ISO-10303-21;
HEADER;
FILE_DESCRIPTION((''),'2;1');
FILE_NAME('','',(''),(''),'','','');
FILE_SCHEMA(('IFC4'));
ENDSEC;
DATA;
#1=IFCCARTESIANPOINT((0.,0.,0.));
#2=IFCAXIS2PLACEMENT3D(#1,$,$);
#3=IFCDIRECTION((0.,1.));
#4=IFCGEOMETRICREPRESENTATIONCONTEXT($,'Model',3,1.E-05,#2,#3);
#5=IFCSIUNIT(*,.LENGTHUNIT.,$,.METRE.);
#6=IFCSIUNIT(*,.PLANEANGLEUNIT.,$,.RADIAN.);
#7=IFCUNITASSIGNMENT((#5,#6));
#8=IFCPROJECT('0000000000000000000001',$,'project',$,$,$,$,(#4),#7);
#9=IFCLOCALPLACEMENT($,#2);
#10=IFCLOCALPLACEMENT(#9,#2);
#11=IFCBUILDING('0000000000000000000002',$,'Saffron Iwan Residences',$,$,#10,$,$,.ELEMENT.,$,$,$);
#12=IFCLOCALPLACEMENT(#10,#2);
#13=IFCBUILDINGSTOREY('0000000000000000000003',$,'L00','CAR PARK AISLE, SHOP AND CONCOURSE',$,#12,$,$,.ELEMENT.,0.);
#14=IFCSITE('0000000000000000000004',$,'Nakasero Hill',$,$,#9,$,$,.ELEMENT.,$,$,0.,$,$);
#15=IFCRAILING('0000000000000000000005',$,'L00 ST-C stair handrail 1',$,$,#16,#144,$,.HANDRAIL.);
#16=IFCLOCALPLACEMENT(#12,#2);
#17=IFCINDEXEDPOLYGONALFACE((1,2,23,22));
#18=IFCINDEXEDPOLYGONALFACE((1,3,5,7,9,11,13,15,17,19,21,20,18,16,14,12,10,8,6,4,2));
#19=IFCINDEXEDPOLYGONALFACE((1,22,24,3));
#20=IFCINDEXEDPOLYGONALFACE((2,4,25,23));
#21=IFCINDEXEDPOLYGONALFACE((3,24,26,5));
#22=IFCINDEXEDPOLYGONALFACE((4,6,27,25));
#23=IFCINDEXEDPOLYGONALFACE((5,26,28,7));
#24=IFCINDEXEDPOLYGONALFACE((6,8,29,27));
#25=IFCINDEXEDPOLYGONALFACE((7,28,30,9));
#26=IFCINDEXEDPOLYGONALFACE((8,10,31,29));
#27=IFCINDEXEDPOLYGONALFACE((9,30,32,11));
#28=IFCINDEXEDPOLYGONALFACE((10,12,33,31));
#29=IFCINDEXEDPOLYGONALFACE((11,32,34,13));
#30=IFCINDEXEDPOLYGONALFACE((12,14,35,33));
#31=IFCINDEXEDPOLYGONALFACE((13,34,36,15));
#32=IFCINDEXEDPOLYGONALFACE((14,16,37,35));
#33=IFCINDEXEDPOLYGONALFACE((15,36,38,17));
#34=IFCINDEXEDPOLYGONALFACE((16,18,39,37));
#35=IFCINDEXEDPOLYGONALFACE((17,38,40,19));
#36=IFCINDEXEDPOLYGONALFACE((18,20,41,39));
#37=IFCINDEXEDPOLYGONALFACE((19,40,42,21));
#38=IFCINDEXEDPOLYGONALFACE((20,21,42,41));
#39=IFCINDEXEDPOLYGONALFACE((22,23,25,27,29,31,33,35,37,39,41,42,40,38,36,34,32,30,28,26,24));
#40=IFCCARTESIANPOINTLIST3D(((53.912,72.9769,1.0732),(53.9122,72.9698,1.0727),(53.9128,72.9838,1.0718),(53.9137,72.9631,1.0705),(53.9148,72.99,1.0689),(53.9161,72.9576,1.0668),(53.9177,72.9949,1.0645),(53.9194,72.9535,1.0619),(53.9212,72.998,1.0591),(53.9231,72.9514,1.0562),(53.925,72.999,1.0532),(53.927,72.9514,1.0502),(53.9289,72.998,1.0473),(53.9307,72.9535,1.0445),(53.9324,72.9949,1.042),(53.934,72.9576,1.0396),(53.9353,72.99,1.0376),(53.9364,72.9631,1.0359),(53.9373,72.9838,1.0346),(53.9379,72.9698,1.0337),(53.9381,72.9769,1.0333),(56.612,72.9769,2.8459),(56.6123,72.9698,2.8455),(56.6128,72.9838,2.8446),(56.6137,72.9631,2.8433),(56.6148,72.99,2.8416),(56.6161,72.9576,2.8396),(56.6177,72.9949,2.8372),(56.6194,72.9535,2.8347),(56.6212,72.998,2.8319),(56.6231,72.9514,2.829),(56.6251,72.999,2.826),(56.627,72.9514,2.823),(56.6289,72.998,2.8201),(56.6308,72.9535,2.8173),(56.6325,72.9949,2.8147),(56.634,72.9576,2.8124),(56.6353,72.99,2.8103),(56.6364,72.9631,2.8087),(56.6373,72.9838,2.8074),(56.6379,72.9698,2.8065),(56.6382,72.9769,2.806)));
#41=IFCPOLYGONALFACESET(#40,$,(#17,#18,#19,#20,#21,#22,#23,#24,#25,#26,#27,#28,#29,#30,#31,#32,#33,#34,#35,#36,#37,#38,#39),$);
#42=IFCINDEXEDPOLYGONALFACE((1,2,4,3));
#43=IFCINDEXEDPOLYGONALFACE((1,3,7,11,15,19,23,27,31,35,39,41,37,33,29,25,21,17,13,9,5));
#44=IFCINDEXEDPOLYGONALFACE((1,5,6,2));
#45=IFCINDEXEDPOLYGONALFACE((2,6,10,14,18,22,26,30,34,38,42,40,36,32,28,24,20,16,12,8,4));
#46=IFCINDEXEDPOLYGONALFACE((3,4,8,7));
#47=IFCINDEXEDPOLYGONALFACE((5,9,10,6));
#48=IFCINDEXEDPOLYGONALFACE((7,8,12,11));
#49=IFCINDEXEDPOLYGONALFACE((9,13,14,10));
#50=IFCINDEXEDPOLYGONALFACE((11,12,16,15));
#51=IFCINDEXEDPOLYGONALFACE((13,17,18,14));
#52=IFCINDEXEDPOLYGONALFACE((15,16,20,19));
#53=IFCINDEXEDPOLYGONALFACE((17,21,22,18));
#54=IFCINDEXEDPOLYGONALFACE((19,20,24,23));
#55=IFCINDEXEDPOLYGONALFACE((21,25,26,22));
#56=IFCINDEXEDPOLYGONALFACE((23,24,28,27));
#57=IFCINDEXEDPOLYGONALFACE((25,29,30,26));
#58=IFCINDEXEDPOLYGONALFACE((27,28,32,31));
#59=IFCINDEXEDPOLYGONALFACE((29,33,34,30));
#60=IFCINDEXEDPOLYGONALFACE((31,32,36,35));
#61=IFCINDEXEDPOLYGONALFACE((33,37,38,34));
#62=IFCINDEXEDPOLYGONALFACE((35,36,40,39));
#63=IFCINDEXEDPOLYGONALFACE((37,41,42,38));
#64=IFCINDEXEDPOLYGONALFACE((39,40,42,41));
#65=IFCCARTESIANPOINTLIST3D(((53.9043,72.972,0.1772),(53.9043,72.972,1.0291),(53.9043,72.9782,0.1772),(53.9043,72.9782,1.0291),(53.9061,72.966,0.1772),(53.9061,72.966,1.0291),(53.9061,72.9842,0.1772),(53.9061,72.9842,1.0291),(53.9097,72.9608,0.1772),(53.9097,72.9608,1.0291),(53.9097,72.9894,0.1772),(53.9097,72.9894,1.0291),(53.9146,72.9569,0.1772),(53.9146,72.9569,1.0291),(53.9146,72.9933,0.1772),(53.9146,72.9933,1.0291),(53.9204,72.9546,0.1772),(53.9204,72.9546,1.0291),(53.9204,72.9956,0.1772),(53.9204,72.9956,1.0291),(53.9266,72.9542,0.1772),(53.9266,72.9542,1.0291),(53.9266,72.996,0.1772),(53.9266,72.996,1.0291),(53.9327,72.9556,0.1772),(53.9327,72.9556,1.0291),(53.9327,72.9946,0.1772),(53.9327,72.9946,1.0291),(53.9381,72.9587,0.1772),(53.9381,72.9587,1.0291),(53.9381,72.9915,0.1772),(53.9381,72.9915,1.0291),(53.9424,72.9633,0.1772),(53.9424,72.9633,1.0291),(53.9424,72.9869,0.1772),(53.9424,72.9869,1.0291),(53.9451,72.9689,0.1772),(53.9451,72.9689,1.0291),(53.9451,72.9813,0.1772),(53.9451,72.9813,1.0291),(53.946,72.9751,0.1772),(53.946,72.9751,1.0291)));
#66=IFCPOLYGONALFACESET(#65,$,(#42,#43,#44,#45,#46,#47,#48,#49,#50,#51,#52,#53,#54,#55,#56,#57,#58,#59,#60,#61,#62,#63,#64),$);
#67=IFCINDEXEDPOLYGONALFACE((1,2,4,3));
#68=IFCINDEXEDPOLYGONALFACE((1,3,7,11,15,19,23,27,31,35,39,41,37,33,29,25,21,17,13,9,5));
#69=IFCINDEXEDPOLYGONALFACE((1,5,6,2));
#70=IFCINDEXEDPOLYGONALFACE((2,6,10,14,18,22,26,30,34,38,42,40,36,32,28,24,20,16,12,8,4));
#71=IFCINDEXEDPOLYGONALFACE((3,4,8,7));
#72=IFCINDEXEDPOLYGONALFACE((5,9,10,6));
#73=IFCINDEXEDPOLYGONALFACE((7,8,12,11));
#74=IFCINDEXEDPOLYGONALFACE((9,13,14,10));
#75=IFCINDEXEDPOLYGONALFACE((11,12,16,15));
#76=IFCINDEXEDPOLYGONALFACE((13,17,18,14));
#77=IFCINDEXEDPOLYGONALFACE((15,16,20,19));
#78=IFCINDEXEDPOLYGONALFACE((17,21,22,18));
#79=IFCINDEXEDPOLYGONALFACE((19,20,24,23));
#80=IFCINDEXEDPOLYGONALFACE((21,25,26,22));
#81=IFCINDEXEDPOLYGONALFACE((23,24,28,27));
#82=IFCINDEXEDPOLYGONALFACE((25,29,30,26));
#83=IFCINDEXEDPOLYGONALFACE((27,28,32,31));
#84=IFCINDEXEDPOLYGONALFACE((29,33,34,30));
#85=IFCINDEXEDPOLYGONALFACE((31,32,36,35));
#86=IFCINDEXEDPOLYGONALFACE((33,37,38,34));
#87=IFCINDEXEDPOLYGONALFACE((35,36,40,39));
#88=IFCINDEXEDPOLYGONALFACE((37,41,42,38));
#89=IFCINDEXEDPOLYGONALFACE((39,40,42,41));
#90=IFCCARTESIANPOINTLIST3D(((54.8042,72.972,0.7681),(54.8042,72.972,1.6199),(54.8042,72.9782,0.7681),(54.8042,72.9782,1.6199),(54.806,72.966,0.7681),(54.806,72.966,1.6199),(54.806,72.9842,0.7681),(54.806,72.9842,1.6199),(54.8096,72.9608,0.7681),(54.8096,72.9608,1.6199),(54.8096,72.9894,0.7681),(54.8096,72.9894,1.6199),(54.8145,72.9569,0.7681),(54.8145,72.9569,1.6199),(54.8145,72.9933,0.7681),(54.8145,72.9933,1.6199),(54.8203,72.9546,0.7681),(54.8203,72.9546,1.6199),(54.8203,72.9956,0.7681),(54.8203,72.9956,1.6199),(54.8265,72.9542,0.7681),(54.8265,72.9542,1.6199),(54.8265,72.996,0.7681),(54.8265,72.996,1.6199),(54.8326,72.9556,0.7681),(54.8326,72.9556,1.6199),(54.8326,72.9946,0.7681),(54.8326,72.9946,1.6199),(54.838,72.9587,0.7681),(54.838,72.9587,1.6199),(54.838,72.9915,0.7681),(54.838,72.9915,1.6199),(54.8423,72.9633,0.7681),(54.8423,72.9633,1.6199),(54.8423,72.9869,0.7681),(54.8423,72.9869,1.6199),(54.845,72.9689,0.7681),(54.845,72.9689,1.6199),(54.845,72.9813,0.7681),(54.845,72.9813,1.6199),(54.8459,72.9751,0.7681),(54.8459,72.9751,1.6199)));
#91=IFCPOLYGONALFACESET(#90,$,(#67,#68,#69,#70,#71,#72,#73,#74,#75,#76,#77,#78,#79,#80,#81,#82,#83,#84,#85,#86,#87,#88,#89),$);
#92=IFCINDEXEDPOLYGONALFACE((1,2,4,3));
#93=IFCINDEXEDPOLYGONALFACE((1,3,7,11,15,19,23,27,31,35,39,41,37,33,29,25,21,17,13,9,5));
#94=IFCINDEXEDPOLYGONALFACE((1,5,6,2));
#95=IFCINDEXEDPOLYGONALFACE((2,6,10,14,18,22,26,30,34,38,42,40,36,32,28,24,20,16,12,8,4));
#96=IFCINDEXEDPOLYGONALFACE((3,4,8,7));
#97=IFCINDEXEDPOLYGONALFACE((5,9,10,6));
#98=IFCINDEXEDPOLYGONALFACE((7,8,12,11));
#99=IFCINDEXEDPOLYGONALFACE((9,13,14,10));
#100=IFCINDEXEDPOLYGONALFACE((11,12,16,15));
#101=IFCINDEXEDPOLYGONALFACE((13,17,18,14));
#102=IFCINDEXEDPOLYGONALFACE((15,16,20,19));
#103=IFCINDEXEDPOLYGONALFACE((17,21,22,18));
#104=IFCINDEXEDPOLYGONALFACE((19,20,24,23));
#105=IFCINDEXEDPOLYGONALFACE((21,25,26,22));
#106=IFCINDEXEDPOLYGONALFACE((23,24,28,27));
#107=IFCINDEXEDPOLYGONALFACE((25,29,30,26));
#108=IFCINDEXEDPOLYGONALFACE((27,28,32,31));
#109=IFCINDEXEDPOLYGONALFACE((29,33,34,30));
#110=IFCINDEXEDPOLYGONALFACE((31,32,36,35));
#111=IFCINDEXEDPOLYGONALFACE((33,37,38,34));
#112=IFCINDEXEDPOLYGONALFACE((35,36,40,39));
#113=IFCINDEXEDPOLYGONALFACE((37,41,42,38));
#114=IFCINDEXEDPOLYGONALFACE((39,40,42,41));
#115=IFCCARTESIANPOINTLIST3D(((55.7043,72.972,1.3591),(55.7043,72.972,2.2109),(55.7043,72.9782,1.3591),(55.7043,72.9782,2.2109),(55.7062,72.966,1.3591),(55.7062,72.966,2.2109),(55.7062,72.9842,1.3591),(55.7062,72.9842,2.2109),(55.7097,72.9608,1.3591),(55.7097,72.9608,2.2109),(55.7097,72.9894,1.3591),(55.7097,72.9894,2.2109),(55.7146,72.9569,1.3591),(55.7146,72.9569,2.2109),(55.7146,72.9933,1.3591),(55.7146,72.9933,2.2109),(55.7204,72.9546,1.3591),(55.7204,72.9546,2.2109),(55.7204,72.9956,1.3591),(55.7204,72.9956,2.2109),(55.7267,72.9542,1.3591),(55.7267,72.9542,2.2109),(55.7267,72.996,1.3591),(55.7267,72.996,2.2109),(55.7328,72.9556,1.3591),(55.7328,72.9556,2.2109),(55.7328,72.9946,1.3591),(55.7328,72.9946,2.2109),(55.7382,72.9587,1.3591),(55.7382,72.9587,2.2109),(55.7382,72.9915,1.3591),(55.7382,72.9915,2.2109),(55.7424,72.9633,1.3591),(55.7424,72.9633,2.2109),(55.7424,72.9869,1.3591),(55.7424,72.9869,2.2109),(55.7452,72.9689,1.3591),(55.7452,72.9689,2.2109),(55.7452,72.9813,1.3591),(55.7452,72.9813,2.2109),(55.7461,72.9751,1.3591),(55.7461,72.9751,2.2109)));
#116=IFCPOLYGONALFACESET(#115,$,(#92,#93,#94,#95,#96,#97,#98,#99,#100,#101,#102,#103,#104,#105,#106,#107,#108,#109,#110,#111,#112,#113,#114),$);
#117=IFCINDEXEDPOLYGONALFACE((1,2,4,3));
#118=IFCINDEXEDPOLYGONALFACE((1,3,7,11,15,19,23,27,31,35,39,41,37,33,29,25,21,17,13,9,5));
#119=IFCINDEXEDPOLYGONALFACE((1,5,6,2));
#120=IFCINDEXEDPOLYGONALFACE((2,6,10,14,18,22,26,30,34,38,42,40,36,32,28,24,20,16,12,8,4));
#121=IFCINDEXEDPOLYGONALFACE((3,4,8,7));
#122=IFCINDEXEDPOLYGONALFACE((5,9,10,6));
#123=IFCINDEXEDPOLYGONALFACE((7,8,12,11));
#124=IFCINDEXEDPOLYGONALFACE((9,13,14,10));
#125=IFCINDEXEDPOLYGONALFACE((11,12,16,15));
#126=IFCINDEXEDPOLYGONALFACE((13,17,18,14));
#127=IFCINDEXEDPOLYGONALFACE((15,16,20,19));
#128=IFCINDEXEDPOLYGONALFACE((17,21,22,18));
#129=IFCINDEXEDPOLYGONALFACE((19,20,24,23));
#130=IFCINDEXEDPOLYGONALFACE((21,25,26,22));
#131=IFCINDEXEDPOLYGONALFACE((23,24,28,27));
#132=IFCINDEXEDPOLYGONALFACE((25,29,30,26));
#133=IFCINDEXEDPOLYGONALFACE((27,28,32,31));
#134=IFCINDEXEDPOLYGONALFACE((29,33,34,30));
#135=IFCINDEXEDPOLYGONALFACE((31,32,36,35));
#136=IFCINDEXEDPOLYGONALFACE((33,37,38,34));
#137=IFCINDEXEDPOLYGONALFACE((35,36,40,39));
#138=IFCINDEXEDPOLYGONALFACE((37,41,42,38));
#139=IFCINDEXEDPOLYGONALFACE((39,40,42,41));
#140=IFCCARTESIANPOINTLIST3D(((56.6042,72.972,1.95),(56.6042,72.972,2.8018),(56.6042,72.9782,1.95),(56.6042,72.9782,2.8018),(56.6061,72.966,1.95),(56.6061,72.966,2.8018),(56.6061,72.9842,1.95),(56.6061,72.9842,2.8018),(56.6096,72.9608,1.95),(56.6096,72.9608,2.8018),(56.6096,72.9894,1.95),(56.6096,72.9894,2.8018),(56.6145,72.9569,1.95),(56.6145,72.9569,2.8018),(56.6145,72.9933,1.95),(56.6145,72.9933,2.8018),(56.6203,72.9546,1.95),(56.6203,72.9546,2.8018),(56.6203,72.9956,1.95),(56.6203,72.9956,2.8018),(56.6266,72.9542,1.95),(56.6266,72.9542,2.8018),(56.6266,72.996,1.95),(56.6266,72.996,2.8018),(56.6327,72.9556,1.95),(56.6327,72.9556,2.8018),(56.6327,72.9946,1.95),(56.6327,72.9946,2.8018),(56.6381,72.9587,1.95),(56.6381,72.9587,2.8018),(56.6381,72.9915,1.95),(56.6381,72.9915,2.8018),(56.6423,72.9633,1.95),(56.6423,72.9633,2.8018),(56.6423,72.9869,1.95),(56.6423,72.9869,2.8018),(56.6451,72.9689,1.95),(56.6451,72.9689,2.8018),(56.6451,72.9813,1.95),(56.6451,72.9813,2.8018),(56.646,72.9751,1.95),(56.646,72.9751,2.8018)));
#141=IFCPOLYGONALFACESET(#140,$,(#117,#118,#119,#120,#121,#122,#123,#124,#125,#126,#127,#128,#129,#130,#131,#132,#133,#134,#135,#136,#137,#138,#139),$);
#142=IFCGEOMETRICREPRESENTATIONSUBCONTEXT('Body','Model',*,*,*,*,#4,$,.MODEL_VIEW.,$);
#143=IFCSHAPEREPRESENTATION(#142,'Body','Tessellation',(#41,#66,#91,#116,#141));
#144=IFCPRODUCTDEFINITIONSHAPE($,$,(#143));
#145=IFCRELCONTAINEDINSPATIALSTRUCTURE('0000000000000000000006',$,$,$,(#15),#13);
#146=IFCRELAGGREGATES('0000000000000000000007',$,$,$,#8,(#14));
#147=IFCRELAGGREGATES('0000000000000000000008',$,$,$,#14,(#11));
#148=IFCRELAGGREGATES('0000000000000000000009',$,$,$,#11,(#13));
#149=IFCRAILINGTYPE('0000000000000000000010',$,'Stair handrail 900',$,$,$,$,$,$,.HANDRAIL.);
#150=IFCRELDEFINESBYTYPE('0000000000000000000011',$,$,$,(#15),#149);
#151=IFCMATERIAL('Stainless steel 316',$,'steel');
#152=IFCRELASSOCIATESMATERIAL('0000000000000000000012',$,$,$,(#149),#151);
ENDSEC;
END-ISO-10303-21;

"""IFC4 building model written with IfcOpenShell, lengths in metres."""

from ifc_helpers import new_model, si_unit, direction, frame, origin, origin_2d, place, context, subcontext, project, spatial, circle, extrude, material, type_object, element, save


model = new_model("IFC4")

# Units and contexts
model_context = context("Model", 3, precision=1e-05, world=origin(), true_north=direction((0.0, 1.0)))
body_context = subcontext(model_context, "Body", "Model", "MODEL_VIEW")
ifc_project = project(units=[si_unit("LENGTHUNIT", "METRE"), si_unit("PLANEANGLEUNIT", "RADIAN")], contexts=[model_context])

# Site, building, storey
site_placement = place(None, origin())
site = spatial("IfcSite", under=ifc_project, at=site_placement, Name="Nakasero Hill", CompositionType="ELEMENT", RefElevation=0.0)
building_placement = place(site_placement, origin())
building = spatial("IfcBuilding", under=site, at=building_placement, Name="Saffron Iwan Residences", CompositionType="ELEMENT")
storey_placement = place(building_placement, origin())
storey = spatial("IfcBuildingStorey", under=building, at=storey_placement, Name="L00", Description="CAR PARK AISLE, SHOP AND CONCOURSE", CompositionType="ELEMENT", Elevation=0.0)

# Railing
ifc_material_1 = material(Name="Stainless steel 316", Category="steel")
railing_type_1 = type_object("IfcRailingType", Name="Stair handrail 900", PredefinedType="HANDRAIL", material=ifc_material_1)
railing_1_placement = place(storey_placement, frame((53.925, 72.9751, 0.1772)))
element("IfcRailing", 1, at=railing_1_placement, inside=storey, type_object=railing_type_1, Name="L00 ST-C stair handrail 1", PredefinedType="HANDRAIL", context=body_context, shape_type="SweptSolid", body=[
    extrude(circle(Radius=0.0239, at=origin_2d()), frame((0.0, 0.0, 0.876), z_axis=(0.835925, 0.0, 0.548843), x_axis=(0.0, 1.0, 0.0)), (0.0, 0.0, 1.0), 3.23),
    extrude(circle(Radius=0.021, at=origin_2d()), origin(), (0.0, 0.0, 1.0), 0.8518),
    extrude(circle(Radius=0.021, at=origin_2d()), frame((0.8999, 0.0, 0.5908)), (0.0, 0.0, 1.0), 0.8518),
    extrude(circle(Radius=0.021, at=origin_2d()), frame((1.8, 0.0, 1.1819)), (0.0, 0.0, 1.0), 0.8518),
    extrude(circle(Radius=0.021, at=origin_2d()), frame((2.7, 0.0, 1.7727)), (0.0, 0.0, 1.0), 0.8518),
])

save(model, "model.ifc")
